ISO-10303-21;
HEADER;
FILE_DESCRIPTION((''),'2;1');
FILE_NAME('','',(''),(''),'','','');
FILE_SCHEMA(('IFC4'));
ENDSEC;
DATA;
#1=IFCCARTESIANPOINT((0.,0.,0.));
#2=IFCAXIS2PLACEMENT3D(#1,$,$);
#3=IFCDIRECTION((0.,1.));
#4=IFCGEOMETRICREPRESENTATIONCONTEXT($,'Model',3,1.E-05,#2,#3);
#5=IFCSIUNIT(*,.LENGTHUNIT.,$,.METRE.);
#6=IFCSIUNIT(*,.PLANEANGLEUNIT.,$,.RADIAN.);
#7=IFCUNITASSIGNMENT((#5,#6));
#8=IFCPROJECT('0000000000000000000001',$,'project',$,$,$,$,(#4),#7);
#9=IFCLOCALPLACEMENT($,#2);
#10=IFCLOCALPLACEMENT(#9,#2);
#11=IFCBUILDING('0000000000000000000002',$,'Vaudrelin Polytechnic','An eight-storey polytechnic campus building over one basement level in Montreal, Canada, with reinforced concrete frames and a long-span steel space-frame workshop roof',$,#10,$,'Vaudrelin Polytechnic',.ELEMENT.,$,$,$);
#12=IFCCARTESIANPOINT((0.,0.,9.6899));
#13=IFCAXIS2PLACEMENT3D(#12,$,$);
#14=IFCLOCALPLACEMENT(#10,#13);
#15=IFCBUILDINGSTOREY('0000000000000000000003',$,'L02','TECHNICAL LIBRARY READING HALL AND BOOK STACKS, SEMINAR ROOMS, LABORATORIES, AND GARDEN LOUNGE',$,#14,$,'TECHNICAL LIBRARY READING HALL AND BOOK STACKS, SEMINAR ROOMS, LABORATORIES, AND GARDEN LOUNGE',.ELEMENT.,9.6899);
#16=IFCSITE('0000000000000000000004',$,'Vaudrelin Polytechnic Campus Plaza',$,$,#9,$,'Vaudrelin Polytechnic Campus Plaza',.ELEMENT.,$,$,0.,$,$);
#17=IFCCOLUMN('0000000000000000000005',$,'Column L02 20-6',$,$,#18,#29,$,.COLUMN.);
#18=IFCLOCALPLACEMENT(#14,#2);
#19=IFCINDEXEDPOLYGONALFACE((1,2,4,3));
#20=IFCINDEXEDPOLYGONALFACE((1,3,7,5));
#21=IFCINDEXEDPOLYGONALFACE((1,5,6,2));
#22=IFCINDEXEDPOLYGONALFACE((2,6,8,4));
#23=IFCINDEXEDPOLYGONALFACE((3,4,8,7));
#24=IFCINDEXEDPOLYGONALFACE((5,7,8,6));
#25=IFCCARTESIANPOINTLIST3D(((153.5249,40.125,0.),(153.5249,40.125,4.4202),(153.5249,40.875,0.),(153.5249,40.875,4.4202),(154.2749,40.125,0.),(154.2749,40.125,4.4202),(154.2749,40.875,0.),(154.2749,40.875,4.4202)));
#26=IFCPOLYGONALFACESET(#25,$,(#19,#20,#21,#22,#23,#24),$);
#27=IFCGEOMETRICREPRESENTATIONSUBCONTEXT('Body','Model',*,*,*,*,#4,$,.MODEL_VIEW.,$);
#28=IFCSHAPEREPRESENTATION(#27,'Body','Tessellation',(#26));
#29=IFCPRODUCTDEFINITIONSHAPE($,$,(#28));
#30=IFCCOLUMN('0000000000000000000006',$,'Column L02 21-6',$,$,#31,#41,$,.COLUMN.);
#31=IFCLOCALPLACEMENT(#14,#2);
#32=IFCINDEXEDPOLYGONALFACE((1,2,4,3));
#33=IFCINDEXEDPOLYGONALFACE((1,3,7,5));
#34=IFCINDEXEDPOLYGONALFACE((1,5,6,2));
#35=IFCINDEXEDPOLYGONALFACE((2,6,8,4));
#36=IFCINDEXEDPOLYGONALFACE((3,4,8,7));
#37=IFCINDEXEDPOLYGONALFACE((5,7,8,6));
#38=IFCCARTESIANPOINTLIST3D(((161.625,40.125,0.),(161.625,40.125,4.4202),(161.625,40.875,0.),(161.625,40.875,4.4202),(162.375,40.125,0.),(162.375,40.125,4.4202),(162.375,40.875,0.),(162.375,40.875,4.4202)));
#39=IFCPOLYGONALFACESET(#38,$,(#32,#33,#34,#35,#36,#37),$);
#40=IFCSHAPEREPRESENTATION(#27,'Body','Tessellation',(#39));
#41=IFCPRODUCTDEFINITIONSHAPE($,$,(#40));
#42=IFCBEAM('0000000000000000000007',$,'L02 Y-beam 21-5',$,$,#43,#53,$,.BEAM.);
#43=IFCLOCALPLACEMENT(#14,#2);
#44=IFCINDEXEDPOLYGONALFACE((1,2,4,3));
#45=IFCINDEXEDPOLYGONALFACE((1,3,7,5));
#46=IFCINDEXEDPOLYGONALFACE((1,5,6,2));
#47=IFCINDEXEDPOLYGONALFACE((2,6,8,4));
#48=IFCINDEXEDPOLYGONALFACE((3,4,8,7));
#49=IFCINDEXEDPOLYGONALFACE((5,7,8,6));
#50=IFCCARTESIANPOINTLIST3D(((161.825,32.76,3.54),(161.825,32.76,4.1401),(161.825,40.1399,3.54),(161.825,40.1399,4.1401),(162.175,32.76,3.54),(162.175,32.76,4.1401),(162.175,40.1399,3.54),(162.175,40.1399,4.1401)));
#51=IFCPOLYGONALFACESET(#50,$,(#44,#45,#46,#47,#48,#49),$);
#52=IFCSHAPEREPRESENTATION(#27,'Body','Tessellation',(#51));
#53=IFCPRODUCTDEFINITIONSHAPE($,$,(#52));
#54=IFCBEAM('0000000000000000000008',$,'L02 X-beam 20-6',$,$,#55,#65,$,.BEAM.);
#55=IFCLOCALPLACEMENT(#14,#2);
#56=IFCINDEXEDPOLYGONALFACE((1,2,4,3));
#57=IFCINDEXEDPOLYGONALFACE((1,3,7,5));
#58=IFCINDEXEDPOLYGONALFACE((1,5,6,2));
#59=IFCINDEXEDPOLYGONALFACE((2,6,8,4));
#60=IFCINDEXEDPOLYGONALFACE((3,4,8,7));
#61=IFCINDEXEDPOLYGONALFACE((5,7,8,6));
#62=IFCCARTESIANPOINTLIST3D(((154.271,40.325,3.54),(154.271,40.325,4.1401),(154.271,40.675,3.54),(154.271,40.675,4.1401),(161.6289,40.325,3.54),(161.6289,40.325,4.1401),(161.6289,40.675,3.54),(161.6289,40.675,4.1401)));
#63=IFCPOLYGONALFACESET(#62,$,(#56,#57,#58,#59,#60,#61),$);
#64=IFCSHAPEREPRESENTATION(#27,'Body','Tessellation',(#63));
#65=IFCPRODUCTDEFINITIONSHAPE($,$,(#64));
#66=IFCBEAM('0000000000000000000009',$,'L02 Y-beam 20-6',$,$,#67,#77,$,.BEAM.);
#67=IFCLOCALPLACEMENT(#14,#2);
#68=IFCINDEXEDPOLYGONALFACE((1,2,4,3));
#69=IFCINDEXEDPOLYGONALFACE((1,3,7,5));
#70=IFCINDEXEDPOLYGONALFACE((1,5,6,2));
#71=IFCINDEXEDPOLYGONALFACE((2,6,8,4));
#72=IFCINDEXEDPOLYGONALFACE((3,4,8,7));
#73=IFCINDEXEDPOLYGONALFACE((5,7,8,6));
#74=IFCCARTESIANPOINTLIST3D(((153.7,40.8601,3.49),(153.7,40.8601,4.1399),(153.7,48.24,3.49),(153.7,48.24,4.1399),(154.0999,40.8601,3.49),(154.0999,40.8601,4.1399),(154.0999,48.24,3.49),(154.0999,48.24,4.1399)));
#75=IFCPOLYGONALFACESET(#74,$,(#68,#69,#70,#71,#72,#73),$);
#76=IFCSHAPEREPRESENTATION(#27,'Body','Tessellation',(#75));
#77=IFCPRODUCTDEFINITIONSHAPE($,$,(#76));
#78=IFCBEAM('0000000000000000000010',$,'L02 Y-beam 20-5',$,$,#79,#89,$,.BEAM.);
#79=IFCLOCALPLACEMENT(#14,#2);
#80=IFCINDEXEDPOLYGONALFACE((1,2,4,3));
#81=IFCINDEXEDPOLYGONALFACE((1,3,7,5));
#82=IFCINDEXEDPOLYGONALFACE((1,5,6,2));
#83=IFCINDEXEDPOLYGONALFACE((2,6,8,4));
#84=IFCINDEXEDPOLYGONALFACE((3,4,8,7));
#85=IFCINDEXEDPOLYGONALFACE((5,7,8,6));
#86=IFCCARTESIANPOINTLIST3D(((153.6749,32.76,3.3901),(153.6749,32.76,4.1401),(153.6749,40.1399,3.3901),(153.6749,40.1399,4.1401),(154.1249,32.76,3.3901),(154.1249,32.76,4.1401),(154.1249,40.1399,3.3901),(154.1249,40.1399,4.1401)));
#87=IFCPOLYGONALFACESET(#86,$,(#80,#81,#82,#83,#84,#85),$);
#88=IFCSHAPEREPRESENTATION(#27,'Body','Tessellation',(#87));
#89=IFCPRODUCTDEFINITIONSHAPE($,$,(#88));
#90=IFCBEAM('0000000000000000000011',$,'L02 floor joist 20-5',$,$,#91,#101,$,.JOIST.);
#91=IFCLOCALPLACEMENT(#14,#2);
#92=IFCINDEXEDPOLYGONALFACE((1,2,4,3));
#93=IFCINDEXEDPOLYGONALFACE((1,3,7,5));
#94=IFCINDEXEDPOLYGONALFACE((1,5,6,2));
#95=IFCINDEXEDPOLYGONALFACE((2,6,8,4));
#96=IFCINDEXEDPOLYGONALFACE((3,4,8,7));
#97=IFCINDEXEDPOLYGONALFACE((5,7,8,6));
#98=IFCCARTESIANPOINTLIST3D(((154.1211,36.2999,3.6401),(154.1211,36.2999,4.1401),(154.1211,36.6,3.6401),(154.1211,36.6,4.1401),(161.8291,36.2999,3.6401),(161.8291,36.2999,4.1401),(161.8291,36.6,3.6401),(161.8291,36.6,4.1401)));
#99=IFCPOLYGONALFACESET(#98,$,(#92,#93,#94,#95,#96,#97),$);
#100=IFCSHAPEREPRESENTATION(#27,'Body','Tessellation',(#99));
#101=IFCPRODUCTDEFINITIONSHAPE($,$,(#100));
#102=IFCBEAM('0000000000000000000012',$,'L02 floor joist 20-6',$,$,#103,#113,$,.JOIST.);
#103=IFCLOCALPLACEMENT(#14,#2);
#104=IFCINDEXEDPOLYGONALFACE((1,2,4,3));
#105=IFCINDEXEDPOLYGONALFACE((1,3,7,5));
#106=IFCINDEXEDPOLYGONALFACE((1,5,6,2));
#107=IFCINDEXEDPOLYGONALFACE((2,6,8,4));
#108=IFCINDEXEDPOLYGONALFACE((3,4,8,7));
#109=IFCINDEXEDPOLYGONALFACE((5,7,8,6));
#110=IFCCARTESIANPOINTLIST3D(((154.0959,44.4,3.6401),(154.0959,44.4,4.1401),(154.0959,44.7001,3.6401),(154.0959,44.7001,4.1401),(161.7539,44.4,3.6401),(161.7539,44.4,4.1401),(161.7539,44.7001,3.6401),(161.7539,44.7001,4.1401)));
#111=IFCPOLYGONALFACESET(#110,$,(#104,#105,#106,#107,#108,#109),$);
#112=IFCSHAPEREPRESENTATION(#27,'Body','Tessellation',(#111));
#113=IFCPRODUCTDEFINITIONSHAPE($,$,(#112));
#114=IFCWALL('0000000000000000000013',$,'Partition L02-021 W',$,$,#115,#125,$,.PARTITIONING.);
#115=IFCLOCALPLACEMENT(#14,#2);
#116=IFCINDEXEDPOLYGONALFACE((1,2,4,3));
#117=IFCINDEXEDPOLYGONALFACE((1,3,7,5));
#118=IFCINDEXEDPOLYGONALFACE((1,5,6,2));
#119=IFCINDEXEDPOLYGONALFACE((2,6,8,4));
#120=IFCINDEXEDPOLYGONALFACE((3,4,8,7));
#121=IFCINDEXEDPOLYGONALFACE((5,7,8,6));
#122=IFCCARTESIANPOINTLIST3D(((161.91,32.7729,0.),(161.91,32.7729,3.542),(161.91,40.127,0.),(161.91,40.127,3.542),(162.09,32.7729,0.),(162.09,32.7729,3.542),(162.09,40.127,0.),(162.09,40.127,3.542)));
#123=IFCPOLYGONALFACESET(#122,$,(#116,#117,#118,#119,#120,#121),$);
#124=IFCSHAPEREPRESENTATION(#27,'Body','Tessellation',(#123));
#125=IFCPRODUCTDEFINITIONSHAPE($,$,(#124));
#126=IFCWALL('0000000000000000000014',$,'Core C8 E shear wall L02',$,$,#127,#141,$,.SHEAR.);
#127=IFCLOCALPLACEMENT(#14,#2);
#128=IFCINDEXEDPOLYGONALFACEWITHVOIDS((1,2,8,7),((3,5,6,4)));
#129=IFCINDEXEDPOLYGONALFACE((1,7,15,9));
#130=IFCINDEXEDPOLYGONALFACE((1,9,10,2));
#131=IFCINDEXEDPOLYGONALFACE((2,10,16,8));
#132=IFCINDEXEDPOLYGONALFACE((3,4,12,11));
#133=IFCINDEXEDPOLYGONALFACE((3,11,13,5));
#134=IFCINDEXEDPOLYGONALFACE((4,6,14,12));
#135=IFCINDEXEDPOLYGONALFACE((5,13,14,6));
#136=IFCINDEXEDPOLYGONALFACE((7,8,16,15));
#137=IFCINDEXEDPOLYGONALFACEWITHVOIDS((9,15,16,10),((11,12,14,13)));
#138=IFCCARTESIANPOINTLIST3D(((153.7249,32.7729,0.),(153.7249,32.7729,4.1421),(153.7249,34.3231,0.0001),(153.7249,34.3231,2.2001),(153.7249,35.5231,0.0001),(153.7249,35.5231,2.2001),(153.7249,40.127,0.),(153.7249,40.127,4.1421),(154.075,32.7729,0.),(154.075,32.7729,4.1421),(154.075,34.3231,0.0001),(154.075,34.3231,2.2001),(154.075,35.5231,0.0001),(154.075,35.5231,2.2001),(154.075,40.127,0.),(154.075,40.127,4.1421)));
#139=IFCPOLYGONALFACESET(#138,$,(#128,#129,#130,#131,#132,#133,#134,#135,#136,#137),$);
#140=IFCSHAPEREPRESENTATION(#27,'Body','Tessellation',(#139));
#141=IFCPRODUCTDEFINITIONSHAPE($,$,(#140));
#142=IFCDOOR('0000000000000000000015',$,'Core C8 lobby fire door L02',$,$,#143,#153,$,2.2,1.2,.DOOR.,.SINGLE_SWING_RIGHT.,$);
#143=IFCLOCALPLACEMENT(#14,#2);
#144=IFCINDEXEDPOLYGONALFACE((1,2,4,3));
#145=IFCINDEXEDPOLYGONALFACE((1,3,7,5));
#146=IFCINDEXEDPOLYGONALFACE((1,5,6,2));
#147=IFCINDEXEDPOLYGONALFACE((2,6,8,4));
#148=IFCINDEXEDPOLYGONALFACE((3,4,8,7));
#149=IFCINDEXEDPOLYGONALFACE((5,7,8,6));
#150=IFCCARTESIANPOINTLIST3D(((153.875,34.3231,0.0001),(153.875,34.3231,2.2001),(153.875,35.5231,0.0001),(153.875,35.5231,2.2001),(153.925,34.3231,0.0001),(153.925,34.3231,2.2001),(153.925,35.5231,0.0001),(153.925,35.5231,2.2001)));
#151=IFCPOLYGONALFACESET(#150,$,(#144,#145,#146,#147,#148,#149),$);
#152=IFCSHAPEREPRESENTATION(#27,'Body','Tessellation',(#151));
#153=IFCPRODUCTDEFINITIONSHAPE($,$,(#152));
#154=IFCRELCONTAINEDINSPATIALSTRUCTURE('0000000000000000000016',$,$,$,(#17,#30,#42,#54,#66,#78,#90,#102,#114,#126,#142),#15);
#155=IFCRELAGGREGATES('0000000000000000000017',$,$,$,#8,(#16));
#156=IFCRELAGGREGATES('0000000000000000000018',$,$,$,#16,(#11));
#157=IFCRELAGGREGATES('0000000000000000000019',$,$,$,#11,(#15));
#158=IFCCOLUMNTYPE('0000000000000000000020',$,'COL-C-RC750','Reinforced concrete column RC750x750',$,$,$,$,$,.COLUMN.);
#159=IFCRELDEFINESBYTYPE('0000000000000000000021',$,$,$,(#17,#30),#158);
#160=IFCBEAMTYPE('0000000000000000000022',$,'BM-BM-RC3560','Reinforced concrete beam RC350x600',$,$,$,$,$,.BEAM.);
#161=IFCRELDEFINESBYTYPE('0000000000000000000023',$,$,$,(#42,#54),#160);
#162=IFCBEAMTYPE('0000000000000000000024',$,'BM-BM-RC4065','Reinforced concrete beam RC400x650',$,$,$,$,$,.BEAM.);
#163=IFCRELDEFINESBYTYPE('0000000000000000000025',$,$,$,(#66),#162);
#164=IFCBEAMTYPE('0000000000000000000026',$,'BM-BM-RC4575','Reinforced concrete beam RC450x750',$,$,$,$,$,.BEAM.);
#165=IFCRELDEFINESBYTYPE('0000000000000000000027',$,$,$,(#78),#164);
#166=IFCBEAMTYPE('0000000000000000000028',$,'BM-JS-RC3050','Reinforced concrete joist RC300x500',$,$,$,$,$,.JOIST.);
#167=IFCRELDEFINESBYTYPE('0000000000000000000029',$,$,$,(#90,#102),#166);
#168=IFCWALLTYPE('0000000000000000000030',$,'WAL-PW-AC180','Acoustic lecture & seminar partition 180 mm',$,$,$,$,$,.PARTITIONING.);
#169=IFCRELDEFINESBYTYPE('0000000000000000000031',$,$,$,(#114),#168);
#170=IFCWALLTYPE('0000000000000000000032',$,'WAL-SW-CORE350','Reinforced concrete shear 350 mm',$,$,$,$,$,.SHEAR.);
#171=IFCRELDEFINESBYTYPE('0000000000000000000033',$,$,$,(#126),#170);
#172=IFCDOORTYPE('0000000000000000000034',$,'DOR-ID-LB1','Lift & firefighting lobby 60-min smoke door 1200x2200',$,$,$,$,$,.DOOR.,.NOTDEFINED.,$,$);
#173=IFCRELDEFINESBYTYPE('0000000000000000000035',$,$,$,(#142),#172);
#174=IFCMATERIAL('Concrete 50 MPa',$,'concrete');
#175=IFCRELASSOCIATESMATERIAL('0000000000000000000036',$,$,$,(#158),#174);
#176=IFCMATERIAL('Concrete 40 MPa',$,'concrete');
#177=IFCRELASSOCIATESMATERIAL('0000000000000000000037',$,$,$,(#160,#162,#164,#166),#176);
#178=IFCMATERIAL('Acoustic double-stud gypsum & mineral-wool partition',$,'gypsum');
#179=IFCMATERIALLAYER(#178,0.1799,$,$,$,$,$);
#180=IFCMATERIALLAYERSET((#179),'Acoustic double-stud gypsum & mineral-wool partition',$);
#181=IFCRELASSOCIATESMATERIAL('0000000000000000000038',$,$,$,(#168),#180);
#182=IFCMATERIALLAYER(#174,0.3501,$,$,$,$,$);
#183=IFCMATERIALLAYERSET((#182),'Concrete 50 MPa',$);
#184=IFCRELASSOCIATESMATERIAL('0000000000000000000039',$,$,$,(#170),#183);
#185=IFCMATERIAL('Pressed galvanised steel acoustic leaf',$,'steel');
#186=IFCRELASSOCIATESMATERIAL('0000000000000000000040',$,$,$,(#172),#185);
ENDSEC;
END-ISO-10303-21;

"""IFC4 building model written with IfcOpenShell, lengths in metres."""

from ifc_helpers import new_model, si_unit, direction, frame, frame_2d, origin, origin_2d, place, context, subcontext, project, spatial, rectangle, extrude, material, layer, layer_set, material_profile, profile_set, type_object, element, fill, save


model = new_model("IFC4")

# Units and contexts
model_context = context("Model", 3, precision=1e-05, world=origin(), true_north=direction((0.0, 1.0)))
body_context = subcontext(model_context, "Body", "Model", "MODEL_VIEW")
ifc_project = project(units=[si_unit("LENGTHUNIT", "METRE"), si_unit("PLANEANGLEUNIT", "RADIAN")], contexts=[model_context])

# Site, building, storey
site_placement = place(None, origin())
site = spatial("IfcSite", under=ifc_project, at=site_placement, Name="Vaudrelin Polytechnic Campus Plaza", LongName="Vaudrelin Polytechnic Campus Plaza", CompositionType="ELEMENT", RefElevation=0.0)
building_placement = place(site_placement, origin())
building = spatial("IfcBuilding", under=site, at=building_placement, Name="Vaudrelin Polytechnic", Description="An eight-storey polytechnic campus building over one basement level in Montreal, Canada, with reinforced concrete frames and a long-span steel space-frame workshop roof", LongName="Vaudrelin Polytechnic", CompositionType="ELEMENT")
storey_placement = place(building_placement, frame((0.0, 0.0, 9.6899)))
storey = spatial("IfcBuildingStorey", under=building, at=storey_placement, Name="L02", Description="TECHNICAL LIBRARY READING HALL AND BOOK STACKS, SEMINAR ROOMS, LABORATORIES, AND GARDEN LOUNGE", LongName="TECHNICAL LIBRARY READING HALL AND BOOK STACKS, SEMINAR ROOMS, LABORATORIES, AND GARDEN LOUNGE", CompositionType="ELEMENT", Elevation=9.6899)

# Columns
ifc_material_1 = material(Name="Concrete 50 MPa", Category="concrete")
ifc_material_profile_1 = material_profile(ifc_material_1, rectangle(XDim=0.75, YDim=0.75, at=origin_2d()), Name="RC750x750")
ifc_profile_set_1 = profile_set([ifc_material_profile_1], Name="Concrete 50 MPa")
column_type = type_object("IfcColumnType", Name="COL-C-RC750", Description="Reinforced concrete column RC750x750", PredefinedType="COLUMN", material=ifc_profile_set_1)
for number, where, z_axis, x_axis, name in (
    (1, (153.8999, 40.5, 0.0), (0.0, 0.0, 1.0), (1.0, 0.0, 0.0), "Column L02 20-6"),
    (2, (162.0, 40.5, 0.0), (0.0, 0.0, 1.0), (1.0, 0.0, 0.0), "Column L02 21-6"),
):
    element("IfcColumn", number, at=place(storey_placement, frame(where, z_axis=z_axis, x_axis=x_axis)), inside=storey, type_object=column_type, Name=name, PredefinedType="COLUMN", context=body_context, shape_type="SweptSolid", body=[
        extrude(rectangle(XDim=0.75, YDim=0.75, at=origin_2d()), origin(), (0.0, 0.0, 1.0), 4.4202),
    ])

# Beams
ifc_material_2 = material(Name="Concrete 40 MPa", Category="concrete")
ifc_material_profile_2 = material_profile(ifc_material_2, rectangle(XDim=0.3501, YDim=0.6001, at=origin_2d()), Name="RC350x600")
ifc_profile_set_2 = profile_set([ifc_material_profile_2], Name="Concrete 40 MPa")
beam_type_1 = type_object("IfcBeamType", Name="BM-BM-RC3560", Description="Reinforced concrete beam RC350x600", PredefinedType="BEAM", material=ifc_profile_set_2)
beam_1_placement = place(storey_placement, frame((162.0, 32.76, 3.8401), z_axis=(0.0, 1.0, 0.0), x_axis=(-1.0, 0.0, 0.0)))
element("IfcBeam", 3, at=beam_1_placement, inside=storey, type_object=beam_type_1, Name="L02 Y-beam 21-5", PredefinedType="BEAM", context=body_context, shape_type="SweptSolid", body=[
    extrude(rectangle(XDim=0.3501, YDim=0.6001, at=origin_2d()), origin(), (0.0, 0.0, 1.0), 7.3799),
])
beam_2_placement = place(storey_placement, frame((154.271, 40.5, 3.8401), z_axis=(1.0, 0.0, 0.0), x_axis=(0.0, 1.0, 0.0)))
element("IfcBeam", 4, at=beam_2_placement, inside=storey, type_object=beam_type_1, Name="L02 X-beam 20-6", PredefinedType="BEAM", context=body_context, shape_type="SweptSolid", body=[
    extrude(rectangle(XDim=0.3501, YDim=0.6001, at=origin_2d()), origin(), (0.0, 0.0, 1.0), 7.3579),
])
ifc_material_profile_3 = material_profile(ifc_material_2, rectangle(XDim=0.3999, YDim=0.6499, at=origin_2d()), Name="RC400x650")
ifc_profile_set_3 = profile_set([ifc_material_profile_3], Name="Concrete 40 MPa")
beam_type_2 = type_object("IfcBeamType", Name="BM-BM-RC4065", Description="Reinforced concrete beam RC400x650", PredefinedType="BEAM", material=ifc_profile_set_3)
beam_3_placement = place(storey_placement, frame((153.8999, 40.8601, 3.8149), z_axis=(0.0, 1.0, 0.0), x_axis=(-1.0, 0.0, 0.0)))
element("IfcBeam", 5, at=beam_3_placement, inside=storey, type_object=beam_type_2, Name="L02 Y-beam 20-6", PredefinedType="BEAM", context=body_context, shape_type="SweptSolid", body=[
    extrude(rectangle(XDim=0.3999, YDim=0.6499, at=origin_2d()), origin(), (0.0, 0.0, 1.0), 7.3799),
])
ifc_material_profile_4 = material_profile(ifc_material_2, rectangle(XDim=0.45, YDim=0.75, at=origin_2d()), Name="RC450x750")
ifc_profile_set_4 = profile_set([ifc_material_profile_4], Name="Concrete 40 MPa")
beam_type_3 = type_object("IfcBeamType", Name="BM-BM-RC4575", Description="Reinforced concrete beam RC450x750", PredefinedType="BEAM", material=ifc_profile_set_4)
beam_4_placement = place(storey_placement, frame((153.8999, 32.76, 3.7651), z_axis=(0.0, 1.0, 0.0), x_axis=(-1.0, 0.0, 0.0)))
element("IfcBeam", 6, at=beam_4_placement, inside=storey, type_object=beam_type_3, Name="L02 Y-beam 20-5", PredefinedType="BEAM", context=body_context, shape_type="SweptSolid", body=[
    extrude(rectangle(XDim=0.45, YDim=0.75, at=origin_2d()), origin(), (0.0, 0.0, 1.0), 7.3799),
])
ifc_material_profile_5 = material_profile(ifc_material_2, rectangle(XDim=0.3, YDim=0.5, at=origin_2d()), Name="RC300x500")
ifc_profile_set_5 = profile_set([ifc_material_profile_5], Name="Concrete 40 MPa")
beam_type_4 = type_object("IfcBeamType", Name="BM-JS-RC3050", Description="Reinforced concrete joist RC300x500", PredefinedType="JOIST", material=ifc_profile_set_5)
beam_5_placement = place(storey_placement, frame((154.1211, 36.45, 3.8901), z_axis=(1.0, 0.0, 0.0), x_axis=(0.0, 1.0, 0.0)))
element("IfcBeam", 7, at=beam_5_placement, inside=storey, type_object=beam_type_4, Name="L02 floor joist 20-5", PredefinedType="JOIST", context=body_context, shape_type="SweptSolid", body=[
    extrude(rectangle(XDim=0.3, YDim=0.5, at=origin_2d()), origin(), (0.0, 0.0, 1.0), 7.708),
])
beam_6_placement = place(storey_placement, frame((154.0959, 44.55, 3.8901), z_axis=(1.0, 0.0, 0.0), x_axis=(0.0, 1.0, 0.0)))
element("IfcBeam", 8, at=beam_6_placement, inside=storey, type_object=beam_type_4, Name="L02 floor joist 20-6", PredefinedType="JOIST", context=body_context, shape_type="SweptSolid", body=[
    extrude(rectangle(XDim=0.3, YDim=0.5, at=origin_2d()), origin(), (0.0, 0.0, 1.0), 7.658),
])

# Wall
ifc_material_3 = material(Name="Acoustic double-stud gypsum & mineral-wool partition", Category="gypsum")
ifc_layer_1 = layer(ifc_material_3, 0.1799)
ifc_layer_set_1 = layer_set([ifc_layer_1], Name="Acoustic double-stud gypsum & mineral-wool partition")
wall_type_1 = type_object("IfcWallType", Name="WAL-PW-AC180", Description="Acoustic lecture & seminar partition 180 mm", PredefinedType="PARTITIONING", material=ifc_layer_set_1)
wall_1_placement = place(storey_placement, frame((162.0, 32.7729, 0.0), z_axis=(0.0, 0.0, 1.0), x_axis=(0.0, 1.0, 0.0)))
element("IfcWall", 9, at=wall_1_placement, inside=storey, type_object=wall_type_1, Name="Partition L02-021 W", PredefinedType="PARTITIONING", context=body_context, shape_type="SweptSolid", body=[
    extrude(rectangle(XDim=7.354, YDim=0.1799, at=frame_2d((3.677, 0.0))), origin(), (0.0, 0.0, 1.0), 3.542),
])

# Wall, opening, door
ifc_material_4 = material(Name="Pressed galvanised steel acoustic leaf", Category="steel")
ifc_layer_2 = layer(ifc_material_1, 0.3501)
ifc_layer_set_2 = layer_set([ifc_layer_2], Name="Concrete 50 MPa")
wall_type_2 = type_object("IfcWallType", Name="WAL-SW-CORE350", Description="Reinforced concrete shear 350 mm", PredefinedType="SHEAR", material=ifc_layer_set_2)
wall_2_placement = place(storey_placement, frame((153.8999, 32.7729, 0.0), z_axis=(0.0, 0.0, 1.0), x_axis=(0.0, 1.0, 0.0)))
wall_2 = element("IfcWall", 10, at=wall_2_placement, inside=storey, type_object=wall_type_2, Name="Core C8 E shear wall L02", PredefinedType="SHEAR", context=body_context, shape_type="SweptSolid", body=[
    extrude(rectangle(XDim=7.354, YDim=0.3501, at=frame_2d((3.677, 0.0))), origin(), (0.0, 0.0, 1.0), 4.1421),
])
opening_1_placement = place(wall_2_placement, frame((1.55, 0.0, 0.0)))
opening_1 = element("IfcOpeningElement", 11, at=opening_1_placement, cuts=wall_2, PredefinedType="OPENING", context=body_context, shape_type="SweptSolid", body=[
    extrude(rectangle(XDim=1.2, YDim=2.2, at=frame_2d((0.6001, 1.1001))), frame((0.0, 0.1851, 0.0), z_axis=(0.0, -1.0, 0.0), x_axis=(1.0, 0.0, 0.0)), (0.0, 0.0, 1.0), 0.3701),
])
door_type_1 = type_object("IfcDoorType", Name="DOR-ID-LB1", Description="Lift & firefighting lobby 60-min smoke door 1200x2200", OperationType="NOTDEFINED", PredefinedType="DOOR", material=ifc_material_4)
door_1_placement = place(opening_1_placement, origin())
door_1 = element("IfcDoor", 12, at=door_1_placement, inside=storey, type_object=door_type_1, Name="Core C8 lobby fire door L02", OperationType="SINGLE_SWING_RIGHT", OverallHeight=2.2, OverallWidth=1.2, PredefinedType="DOOR", context=body_context, shape_type="SweptSolid", body=[
    extrude(rectangle(XDim=1.2, YDim=2.2, at=frame_2d((0.6001, 1.1001))), frame((0.0, 0.0249, 0.0), z_axis=(0.0, -1.0, 0.0), x_axis=(1.0, 0.0, 0.0)), (0.0, 0.0, 1.0), 0.05),
])
fill(opening_1, door_1)

save(model, "model.ifc")
